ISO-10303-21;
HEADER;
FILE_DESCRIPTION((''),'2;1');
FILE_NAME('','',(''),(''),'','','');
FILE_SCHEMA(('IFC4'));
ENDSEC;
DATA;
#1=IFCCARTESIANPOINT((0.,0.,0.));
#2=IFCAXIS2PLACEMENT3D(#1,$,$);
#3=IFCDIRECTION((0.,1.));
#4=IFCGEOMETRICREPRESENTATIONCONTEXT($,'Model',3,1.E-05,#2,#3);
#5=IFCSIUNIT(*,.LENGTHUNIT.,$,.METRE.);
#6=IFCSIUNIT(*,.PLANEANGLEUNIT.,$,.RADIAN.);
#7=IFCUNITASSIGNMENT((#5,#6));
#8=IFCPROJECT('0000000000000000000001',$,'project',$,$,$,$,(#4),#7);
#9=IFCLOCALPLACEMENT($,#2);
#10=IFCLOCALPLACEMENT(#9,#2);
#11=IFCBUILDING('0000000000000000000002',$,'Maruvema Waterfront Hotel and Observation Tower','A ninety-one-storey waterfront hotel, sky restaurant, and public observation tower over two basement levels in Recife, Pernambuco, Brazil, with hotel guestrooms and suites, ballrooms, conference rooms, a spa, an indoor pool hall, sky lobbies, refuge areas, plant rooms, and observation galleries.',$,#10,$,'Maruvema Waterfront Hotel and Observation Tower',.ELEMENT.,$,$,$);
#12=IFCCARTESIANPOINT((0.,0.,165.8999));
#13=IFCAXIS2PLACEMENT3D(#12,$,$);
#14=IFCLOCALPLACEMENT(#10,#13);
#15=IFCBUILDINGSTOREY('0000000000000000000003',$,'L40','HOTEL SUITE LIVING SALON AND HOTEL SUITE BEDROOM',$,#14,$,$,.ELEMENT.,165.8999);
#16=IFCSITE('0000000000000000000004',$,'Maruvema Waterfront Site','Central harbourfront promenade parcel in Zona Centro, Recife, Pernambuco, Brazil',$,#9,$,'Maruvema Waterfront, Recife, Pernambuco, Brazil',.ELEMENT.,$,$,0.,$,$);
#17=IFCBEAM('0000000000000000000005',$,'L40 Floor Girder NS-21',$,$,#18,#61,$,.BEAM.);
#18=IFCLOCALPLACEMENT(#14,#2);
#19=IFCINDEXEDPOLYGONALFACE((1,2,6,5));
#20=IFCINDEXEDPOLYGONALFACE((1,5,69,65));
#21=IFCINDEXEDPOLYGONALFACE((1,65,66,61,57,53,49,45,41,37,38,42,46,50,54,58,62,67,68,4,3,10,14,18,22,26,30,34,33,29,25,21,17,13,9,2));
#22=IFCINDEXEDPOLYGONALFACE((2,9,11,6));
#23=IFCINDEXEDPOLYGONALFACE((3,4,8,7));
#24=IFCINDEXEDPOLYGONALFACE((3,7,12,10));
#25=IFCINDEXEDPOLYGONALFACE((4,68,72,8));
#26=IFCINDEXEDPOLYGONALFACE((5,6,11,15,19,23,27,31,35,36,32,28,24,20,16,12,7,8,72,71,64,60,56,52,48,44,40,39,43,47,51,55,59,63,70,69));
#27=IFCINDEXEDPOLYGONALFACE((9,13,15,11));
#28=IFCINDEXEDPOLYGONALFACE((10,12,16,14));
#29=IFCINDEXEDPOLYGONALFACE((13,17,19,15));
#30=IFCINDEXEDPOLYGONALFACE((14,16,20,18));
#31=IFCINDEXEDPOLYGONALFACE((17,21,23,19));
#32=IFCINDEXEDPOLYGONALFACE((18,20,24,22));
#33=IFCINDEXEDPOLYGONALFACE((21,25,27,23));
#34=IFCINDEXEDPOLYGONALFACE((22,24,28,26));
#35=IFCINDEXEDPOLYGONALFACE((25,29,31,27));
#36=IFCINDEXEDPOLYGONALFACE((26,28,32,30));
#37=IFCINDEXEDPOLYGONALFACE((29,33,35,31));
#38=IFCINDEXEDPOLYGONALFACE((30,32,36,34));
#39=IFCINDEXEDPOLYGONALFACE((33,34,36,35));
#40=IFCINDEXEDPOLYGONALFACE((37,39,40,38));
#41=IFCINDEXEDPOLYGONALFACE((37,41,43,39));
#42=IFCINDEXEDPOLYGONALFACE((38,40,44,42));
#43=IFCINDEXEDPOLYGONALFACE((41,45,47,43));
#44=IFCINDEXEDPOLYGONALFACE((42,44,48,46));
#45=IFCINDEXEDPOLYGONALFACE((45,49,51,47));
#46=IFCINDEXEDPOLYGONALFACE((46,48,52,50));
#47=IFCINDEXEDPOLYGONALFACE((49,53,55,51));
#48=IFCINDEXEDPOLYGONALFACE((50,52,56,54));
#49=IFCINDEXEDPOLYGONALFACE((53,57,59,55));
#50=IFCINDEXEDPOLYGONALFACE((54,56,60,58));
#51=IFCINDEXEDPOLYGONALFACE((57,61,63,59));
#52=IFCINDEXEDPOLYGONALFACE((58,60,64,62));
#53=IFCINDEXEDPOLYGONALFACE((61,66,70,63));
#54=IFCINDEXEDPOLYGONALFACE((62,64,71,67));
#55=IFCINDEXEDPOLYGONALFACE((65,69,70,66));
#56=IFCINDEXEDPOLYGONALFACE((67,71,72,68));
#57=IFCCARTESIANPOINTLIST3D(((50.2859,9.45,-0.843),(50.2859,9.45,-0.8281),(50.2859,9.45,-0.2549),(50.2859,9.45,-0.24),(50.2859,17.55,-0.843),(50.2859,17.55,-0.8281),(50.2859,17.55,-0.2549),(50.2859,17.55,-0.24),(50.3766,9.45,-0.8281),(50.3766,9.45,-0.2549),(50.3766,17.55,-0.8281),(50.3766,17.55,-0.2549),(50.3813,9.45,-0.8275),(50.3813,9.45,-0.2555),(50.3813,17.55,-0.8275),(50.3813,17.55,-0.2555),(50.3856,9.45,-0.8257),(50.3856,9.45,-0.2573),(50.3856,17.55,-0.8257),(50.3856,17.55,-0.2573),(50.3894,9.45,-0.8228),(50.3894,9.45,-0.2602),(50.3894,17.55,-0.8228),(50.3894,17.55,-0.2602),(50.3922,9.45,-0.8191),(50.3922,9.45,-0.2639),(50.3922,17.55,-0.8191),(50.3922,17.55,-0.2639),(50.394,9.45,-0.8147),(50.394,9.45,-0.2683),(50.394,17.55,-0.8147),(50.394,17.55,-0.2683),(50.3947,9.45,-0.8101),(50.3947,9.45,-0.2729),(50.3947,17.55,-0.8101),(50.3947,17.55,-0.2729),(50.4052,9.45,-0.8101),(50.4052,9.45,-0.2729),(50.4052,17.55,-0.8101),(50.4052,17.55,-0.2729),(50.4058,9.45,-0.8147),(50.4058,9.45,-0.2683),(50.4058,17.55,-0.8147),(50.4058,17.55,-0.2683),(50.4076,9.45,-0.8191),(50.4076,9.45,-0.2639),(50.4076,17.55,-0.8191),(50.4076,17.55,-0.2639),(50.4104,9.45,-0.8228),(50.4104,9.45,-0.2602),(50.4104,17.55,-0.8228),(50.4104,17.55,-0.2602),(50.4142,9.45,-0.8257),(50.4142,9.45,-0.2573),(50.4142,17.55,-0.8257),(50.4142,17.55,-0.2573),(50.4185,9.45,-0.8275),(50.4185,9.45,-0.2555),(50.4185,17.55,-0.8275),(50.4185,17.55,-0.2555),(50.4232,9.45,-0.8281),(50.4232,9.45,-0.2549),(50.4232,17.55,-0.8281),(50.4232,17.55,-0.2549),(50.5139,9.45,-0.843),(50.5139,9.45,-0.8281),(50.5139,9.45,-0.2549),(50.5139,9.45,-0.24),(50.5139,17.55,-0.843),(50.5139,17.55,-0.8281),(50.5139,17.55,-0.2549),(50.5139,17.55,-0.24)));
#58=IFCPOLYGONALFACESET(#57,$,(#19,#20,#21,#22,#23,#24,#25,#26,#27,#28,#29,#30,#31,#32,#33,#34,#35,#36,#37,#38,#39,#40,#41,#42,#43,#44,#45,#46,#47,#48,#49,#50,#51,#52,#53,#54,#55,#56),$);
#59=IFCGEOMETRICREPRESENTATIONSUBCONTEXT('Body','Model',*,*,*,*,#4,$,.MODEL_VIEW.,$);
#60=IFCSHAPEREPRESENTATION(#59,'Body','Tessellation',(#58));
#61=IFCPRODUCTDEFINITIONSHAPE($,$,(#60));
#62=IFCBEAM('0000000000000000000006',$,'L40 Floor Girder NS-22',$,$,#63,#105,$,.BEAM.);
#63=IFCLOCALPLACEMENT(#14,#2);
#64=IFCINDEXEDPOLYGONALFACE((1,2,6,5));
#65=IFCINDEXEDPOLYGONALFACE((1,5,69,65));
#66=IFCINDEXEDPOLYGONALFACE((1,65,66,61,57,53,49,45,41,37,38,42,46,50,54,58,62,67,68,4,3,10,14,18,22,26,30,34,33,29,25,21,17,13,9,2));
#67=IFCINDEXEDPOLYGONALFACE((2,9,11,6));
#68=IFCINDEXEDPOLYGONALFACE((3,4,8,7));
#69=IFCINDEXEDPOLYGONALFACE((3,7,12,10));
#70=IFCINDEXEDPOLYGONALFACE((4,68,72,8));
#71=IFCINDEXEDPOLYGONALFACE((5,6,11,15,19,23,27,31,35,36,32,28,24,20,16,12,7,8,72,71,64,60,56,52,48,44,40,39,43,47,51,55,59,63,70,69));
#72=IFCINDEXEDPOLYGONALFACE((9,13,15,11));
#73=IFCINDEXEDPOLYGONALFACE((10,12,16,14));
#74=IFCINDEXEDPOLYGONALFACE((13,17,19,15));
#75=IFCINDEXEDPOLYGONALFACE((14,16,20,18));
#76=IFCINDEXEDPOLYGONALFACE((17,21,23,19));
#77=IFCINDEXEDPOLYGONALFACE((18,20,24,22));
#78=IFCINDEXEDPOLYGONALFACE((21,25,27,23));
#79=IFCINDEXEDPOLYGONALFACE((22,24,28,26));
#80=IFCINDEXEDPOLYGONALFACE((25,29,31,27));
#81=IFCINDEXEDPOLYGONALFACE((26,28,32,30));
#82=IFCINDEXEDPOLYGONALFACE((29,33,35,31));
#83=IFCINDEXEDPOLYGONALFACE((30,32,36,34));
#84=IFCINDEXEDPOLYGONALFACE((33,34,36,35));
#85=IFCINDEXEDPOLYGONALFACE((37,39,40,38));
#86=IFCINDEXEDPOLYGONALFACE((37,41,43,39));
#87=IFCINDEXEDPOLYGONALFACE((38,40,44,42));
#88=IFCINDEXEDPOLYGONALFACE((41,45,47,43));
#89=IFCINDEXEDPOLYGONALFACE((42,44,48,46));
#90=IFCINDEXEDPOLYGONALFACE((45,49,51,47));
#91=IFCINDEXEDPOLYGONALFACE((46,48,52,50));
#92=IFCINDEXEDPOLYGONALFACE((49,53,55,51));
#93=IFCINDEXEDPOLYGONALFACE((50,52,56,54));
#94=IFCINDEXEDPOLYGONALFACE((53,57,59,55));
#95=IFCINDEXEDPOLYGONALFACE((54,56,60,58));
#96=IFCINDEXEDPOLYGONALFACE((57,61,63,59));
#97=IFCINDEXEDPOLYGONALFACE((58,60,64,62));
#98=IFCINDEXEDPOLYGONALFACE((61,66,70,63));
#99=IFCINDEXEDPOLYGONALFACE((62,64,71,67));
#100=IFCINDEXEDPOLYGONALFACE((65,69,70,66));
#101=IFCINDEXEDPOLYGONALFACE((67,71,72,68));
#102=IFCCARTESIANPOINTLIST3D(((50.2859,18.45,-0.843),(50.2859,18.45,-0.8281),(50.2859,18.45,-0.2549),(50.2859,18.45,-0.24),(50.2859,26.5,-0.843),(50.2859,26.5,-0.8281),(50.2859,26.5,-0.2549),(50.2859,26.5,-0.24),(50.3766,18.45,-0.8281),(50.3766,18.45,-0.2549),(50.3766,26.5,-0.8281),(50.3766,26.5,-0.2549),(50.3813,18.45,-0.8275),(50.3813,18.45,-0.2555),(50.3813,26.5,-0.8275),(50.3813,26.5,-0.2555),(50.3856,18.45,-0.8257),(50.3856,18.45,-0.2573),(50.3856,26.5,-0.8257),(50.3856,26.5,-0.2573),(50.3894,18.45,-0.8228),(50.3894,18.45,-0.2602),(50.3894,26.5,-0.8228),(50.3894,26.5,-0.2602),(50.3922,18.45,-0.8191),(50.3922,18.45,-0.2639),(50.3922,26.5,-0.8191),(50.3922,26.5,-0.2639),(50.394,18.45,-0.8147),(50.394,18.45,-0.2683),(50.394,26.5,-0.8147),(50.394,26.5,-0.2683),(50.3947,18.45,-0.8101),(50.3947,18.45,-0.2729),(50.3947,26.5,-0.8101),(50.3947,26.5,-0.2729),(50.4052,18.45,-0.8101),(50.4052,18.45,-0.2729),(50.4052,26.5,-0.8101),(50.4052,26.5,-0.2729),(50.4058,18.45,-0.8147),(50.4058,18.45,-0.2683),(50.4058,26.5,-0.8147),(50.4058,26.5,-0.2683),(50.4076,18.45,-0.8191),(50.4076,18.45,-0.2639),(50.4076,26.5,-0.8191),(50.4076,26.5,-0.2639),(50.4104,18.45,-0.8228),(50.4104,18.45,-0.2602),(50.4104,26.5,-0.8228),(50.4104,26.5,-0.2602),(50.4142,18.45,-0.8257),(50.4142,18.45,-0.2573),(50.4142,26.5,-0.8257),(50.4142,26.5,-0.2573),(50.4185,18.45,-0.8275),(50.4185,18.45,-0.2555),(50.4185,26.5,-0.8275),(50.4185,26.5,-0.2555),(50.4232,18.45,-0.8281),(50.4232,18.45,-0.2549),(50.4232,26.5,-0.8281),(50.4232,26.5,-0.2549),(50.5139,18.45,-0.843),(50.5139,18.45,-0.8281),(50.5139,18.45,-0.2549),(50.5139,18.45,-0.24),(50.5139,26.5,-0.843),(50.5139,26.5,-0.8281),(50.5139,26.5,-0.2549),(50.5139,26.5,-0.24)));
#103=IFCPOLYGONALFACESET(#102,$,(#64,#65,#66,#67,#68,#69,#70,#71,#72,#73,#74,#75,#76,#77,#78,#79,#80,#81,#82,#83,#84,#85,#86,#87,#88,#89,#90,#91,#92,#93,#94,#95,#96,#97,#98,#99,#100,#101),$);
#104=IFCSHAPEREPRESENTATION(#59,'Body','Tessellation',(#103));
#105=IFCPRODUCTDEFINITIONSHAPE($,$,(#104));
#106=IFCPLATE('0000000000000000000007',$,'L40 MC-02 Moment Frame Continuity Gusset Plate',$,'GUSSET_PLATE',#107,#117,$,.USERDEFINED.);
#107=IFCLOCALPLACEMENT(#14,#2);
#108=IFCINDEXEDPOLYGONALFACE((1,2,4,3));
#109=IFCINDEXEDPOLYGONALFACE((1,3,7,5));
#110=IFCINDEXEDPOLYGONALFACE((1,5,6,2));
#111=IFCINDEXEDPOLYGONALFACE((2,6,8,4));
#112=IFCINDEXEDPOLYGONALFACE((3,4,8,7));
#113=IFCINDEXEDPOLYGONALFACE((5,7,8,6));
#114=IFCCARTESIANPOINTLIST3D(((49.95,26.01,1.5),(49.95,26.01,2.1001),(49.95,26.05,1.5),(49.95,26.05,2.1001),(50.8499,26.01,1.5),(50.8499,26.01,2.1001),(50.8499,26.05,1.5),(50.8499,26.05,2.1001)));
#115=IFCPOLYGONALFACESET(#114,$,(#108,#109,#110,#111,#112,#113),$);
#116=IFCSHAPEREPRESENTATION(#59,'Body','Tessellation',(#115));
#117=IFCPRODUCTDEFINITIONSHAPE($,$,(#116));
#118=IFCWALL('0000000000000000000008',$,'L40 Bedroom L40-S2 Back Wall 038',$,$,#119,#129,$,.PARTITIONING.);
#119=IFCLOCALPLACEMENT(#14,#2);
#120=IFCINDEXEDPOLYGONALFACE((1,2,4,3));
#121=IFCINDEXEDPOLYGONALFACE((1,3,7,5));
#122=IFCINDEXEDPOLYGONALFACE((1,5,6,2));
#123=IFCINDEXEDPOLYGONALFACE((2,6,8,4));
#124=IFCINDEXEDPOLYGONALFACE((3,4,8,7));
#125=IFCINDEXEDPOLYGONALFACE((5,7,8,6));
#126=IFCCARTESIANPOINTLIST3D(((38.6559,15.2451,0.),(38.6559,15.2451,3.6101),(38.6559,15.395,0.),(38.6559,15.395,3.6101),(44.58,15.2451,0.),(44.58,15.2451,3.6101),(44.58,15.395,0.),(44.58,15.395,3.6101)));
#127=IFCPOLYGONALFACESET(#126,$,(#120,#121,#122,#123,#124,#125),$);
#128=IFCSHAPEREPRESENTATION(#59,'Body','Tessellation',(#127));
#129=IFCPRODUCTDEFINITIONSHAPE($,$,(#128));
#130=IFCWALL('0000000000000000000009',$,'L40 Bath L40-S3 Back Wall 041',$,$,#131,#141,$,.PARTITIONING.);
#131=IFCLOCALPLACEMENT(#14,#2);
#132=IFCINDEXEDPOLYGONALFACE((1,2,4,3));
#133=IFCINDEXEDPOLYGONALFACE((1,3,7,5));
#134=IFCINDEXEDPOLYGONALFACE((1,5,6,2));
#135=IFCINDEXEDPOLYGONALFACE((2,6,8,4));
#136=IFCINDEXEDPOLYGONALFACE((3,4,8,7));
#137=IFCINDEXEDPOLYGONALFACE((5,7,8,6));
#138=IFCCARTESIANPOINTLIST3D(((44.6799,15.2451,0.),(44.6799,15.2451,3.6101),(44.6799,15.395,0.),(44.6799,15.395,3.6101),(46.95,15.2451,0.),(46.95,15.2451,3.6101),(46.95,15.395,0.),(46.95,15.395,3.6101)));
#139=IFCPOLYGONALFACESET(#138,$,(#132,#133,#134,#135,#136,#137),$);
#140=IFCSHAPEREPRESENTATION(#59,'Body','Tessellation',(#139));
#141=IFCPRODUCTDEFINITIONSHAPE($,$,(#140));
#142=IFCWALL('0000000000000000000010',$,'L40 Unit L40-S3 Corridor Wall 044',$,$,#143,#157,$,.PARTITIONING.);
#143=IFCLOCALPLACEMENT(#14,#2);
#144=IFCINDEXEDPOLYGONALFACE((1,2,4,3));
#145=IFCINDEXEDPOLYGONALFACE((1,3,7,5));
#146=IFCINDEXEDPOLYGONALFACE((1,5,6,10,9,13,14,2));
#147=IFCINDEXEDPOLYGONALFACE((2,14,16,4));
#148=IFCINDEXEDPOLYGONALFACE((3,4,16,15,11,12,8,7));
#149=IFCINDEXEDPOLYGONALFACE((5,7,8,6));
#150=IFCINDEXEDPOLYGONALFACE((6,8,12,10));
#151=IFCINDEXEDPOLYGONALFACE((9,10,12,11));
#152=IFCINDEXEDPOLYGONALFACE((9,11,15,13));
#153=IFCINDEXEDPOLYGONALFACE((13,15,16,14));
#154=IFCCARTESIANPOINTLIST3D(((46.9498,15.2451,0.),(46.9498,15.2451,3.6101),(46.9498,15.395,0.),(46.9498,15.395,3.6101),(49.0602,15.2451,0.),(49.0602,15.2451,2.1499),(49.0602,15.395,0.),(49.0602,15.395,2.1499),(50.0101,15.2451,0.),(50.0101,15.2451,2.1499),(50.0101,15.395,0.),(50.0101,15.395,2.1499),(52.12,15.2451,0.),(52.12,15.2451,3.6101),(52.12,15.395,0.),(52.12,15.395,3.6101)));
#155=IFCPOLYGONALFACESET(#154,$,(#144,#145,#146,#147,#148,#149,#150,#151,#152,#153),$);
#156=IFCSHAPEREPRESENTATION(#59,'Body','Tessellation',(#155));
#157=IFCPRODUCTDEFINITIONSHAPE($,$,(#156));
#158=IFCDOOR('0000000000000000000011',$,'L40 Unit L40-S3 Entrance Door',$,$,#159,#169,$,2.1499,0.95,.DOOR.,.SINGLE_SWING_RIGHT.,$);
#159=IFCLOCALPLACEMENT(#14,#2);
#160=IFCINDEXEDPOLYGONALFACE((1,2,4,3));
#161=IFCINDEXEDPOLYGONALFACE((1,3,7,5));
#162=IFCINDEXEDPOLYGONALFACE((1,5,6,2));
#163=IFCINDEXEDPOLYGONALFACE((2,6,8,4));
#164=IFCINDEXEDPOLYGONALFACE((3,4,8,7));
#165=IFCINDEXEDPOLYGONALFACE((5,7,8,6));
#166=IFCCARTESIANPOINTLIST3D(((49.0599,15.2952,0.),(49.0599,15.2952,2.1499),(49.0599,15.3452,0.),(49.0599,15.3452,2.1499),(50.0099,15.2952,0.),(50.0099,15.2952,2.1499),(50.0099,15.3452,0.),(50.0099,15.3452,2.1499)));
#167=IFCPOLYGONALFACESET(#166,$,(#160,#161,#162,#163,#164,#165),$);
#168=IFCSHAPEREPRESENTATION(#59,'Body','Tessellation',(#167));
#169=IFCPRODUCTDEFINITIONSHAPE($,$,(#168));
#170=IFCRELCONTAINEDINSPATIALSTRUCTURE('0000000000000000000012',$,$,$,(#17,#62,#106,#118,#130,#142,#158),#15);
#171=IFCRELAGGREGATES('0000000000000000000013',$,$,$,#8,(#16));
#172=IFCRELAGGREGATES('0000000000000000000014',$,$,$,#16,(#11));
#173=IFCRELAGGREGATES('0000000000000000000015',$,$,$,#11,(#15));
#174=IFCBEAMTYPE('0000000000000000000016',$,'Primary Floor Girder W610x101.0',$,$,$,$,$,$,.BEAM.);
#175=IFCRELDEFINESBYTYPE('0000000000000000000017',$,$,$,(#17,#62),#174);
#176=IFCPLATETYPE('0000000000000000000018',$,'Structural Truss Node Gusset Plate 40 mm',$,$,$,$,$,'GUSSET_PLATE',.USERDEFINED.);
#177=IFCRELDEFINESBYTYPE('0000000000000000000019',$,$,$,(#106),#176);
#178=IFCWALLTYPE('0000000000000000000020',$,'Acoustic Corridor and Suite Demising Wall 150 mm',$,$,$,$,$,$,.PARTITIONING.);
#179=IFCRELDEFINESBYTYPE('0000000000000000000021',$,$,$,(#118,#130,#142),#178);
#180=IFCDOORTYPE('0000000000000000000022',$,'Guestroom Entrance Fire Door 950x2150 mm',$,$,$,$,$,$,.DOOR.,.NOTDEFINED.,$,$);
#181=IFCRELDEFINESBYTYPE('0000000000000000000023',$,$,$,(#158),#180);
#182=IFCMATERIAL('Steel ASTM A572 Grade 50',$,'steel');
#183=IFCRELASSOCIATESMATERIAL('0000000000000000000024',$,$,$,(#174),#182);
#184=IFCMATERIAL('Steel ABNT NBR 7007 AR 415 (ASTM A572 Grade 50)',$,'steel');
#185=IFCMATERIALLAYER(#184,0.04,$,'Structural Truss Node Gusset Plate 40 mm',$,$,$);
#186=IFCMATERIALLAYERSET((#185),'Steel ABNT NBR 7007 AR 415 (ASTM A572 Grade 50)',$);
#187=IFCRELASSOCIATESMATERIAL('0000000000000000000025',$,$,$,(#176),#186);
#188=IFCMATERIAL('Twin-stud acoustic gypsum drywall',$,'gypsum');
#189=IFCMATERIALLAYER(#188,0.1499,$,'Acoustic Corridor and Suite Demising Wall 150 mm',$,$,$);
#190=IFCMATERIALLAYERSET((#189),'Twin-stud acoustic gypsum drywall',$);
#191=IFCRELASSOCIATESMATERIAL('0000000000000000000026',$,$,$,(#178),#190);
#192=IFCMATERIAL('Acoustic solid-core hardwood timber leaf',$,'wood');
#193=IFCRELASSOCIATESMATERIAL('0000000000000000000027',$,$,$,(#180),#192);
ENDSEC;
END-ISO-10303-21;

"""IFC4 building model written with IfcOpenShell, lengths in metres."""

from ifc_helpers import new_model, si_unit, direction, frame, frame_2d, origin, origin_2d, place, context, subcontext, project, spatial, rectangle, i_section, extrude, material, layer, layer_set, material_profile, profile_set, type_object, element, fill, save


model = new_model("IFC4")

# Units and contexts
model_context = context("Model", 3, precision=1e-05, world=origin(), true_north=direction((0.0, 1.0)))
body_context = subcontext(model_context, "Body", "Model", "MODEL_VIEW")
ifc_project = project(units=[si_unit("LENGTHUNIT", "METRE"), si_unit("PLANEANGLEUNIT", "RADIAN")], contexts=[model_context])

# Site, building, storey
site_placement = place(None, origin())
site = spatial("IfcSite", under=ifc_project, at=site_placement, Name="Maruvema Waterfront Site", Description="Central harbourfront promenade parcel in Zona Centro, Recife, Pernambuco, Brazil", LongName="Maruvema Waterfront, Recife, Pernambuco, Brazil", CompositionType="ELEMENT", RefElevation=0.0)
building_placement = place(site_placement, origin())
building = spatial("IfcBuilding", under=site, at=building_placement, Name="Maruvema Waterfront Hotel and Observation Tower", Description="A ninety-one-storey waterfront hotel, sky restaurant, and public observation tower over two basement levels in Recife, Pernambuco, Brazil, with hotel guestrooms and suites, ballrooms, conference rooms, a spa, an indoor pool hall, sky lobbies, refuge areas, plant rooms, and observation galleries.", LongName="Maruvema Waterfront Hotel and Observation Tower", CompositionType="ELEMENT")
storey_placement = place(building_placement, frame((0.0, 0.0, 165.8999)))
storey = spatial("IfcBuildingStorey", under=building, at=storey_placement, Name="L40", Description="HOTEL SUITE LIVING SALON AND HOTEL SUITE BEDROOM", CompositionType="ELEMENT", Elevation=165.8999)

# Beams
ifc_material_1 = material(Name="Steel ASTM A572 Grade 50", Category="steel")
ifc_material_profile_1 = material_profile(ifc_material_1, i_section(OverallWidth=0.228, OverallDepth=0.603, WebThickness=0.0105, FlangeThickness=0.0149, FilletRadius=0.0181, at=origin_2d()), Name="W610x101.0")
ifc_profile_set_1 = profile_set([ifc_material_profile_1], Name="Steel ASTM A572 Grade 50")
beam_type = type_object("IfcBeamType", Name="Primary Floor Girder W610x101.0", PredefinedType="BEAM", material=ifc_profile_set_1)
beam_1_placement = place(storey_placement, frame((50.3999, 9.45, -0.5415), z_axis=(0.0, 1.0, 0.0), x_axis=(-1.0, 0.0, 0.0)))
element("IfcBeam", 1, at=beam_1_placement, inside=storey, type_object=beam_type, Name="L40 Floor Girder NS-21", PredefinedType="BEAM", context=body_context, shape_type="SweptSolid", body=[
    extrude(i_section(OverallWidth=0.228, OverallDepth=0.603, WebThickness=0.0105, FlangeThickness=0.0149, FilletRadius=0.0181, at=origin_2d()), origin(), (0.0, 0.0, 1.0), 8.1001),
])
beam_2_placement = place(storey_placement, frame((50.3999, 18.45, -0.5415), z_axis=(0.0, 1.0, 0.0), x_axis=(-1.0, 0.0, 0.0)))
element("IfcBeam", 2, at=beam_2_placement, inside=storey, type_object=beam_type, Name="L40 Floor Girder NS-22", PredefinedType="BEAM", context=body_context, shape_type="SweptSolid", body=[
    extrude(i_section(OverallWidth=0.228, OverallDepth=0.603, WebThickness=0.0105, FlangeThickness=0.0149, FilletRadius=0.0181, at=origin_2d()), origin(), (0.0, 0.0, 1.0), 8.05),
])

# Plate
ifc_material_2 = material(Name="Steel ABNT NBR 7007 AR 415 (ASTM A572 Grade 50)", Category="steel")
ifc_layer_1 = layer(ifc_material_2, 0.04, Name="Structural Truss Node Gusset Plate 40 mm")
ifc_layer_set_1 = layer_set([ifc_layer_1], Name="Steel ABNT NBR 7007 AR 415 (ASTM A572 Grade 50)")
plate_type = type_object("IfcPlateType", Name="Structural Truss Node Gusset Plate 40 mm", ElementType="GUSSET_PLATE", PredefinedType="USERDEFINED", material=ifc_layer_set_1)
plate_placement = place(storey_placement, frame((50.3999, 26.03, 1.5), z_axis=(0.0, 0.0, 1.0), x_axis=(1.0, 0.0, 0.0)))
element("IfcPlate", 3, at=plate_placement, inside=storey, type_object=plate_type, Name="L40 MC-02 Moment Frame Continuity Gusset Plate", ObjectType="GUSSET_PLATE", PredefinedType="USERDEFINED", context=body_context, shape_type="SweptSolid", body=[
    extrude(rectangle(XDim=0.8999, YDim=0.04, at=origin_2d()), origin(), (0.0, 0.0, 1.0), 0.6001),
])

# Walls
ifc_material_3 = material(Name="Twin-stud acoustic gypsum drywall", Category="gypsum")
ifc_layer_2 = layer(ifc_material_3, 0.1499, Name="Acoustic Corridor and Suite Demising Wall 150 mm")
ifc_layer_set_2 = layer_set([ifc_layer_2], Name="Twin-stud acoustic gypsum drywall")
wall_type_1 = type_object("IfcWallType", Name="Acoustic Corridor and Suite Demising Wall 150 mm", PredefinedType="PARTITIONING", material=ifc_layer_set_2)
wall_1_placement = place(storey_placement, frame((38.656, 15.3201, 0.0), z_axis=(0.0, 0.0, 1.0), x_axis=(1.0, 0.0, 0.0)))
element("IfcWall", 4, at=wall_1_placement, inside=storey, type_object=wall_type_1, Name="L40 Bedroom L40-S2 Back Wall 038", PredefinedType="PARTITIONING", context=body_context, shape_type="SweptSolid", body=[
    extrude(rectangle(XDim=5.9241, YDim=0.1499, at=frame_2d((2.9619, 0.0))), origin(), (0.0, 0.0, 1.0), 3.6101),
])
wall_2_placement = place(storey_placement, frame((44.6799, 15.3201, 0.0), z_axis=(0.0, 0.0, 1.0), x_axis=(1.0, 0.0, 0.0)))
element("IfcWall", 5, at=wall_2_placement, inside=storey, type_object=wall_type_1, Name="L40 Bath L40-S3 Back Wall 041", PredefinedType="PARTITIONING", context=body_context, shape_type="SweptSolid", body=[
    extrude(rectangle(XDim=2.27, YDim=0.1499, at=frame_2d((1.135, 0.0))), origin(), (0.0, 0.0, 1.0), 3.6101),
])

# Wall, opening, door
wall_3_placement = place(storey_placement, frame((46.95, 15.3201, 0.0), z_axis=(0.0, 0.0, 1.0), x_axis=(1.0, 0.0, 0.0)))
wall_3 = element("IfcWall", 6, at=wall_3_placement, inside=storey, type_object=wall_type_1, Name="L40 Unit L40-S3 Corridor Wall 044", PredefinedType="PARTITIONING", context=body_context, shape_type="SweptSolid", body=[
    extrude(rectangle(XDim=5.1702, YDim=0.1499, at=frame_2d((2.585, 0.0))), origin(), (0.0, 0.0, 1.0), 3.6101),
])
opening_1_placement = place(wall_3_placement, frame((2.1101, 0.0, 0.0)))
opening_1 = element("IfcOpeningElement", 7, at=opening_1_placement, cuts=wall_3, PredefinedType="OPENING", context=body_context, shape_type="SweptSolid", body=[
    extrude(rectangle(XDim=0.95, YDim=2.1499, at=frame_2d((0.4751, 1.075))), frame((0.0, 0.085, 0.0), z_axis=(0.0, -1.0, 0.0), x_axis=(1.0, 0.0, 0.0)), (0.0, 0.0, 1.0), 0.1699),
])
ifc_material_4 = material(Name="Acoustic solid-core hardwood timber leaf", Category="wood")
door_type_1 = type_object("IfcDoorType", Name="Guestroom Entrance Fire Door 950x2150 mm", OperationType="NOTDEFINED", PredefinedType="DOOR", material=ifc_material_4)
door_1_placement = place(opening_1_placement, frame((0.95, 0.0, 0.0), z_axis=(0.0, 0.0, 1.0), x_axis=(-1.0, 0.0, 0.0)))
door_1 = element("IfcDoor", 8, at=door_1_placement, inside=storey, type_object=door_type_1, Name="L40 Unit L40-S3 Entrance Door", OperationType="SINGLE_SWING_RIGHT", OverallHeight=2.1499, OverallWidth=0.95, PredefinedType="DOOR", context=body_context, shape_type="SweptSolid", body=[
    extrude(rectangle(XDim=0.95, YDim=2.1499, at=frame_2d((0.4751, 1.075))), frame((0.0, 0.0249, 0.0), z_axis=(0.0, -1.0, 0.0), x_axis=(1.0, 0.0, 0.0)), (0.0, 0.0, 1.0), 0.05),
])
fill(opening_1, door_1)

save(model, "model.ifc")
